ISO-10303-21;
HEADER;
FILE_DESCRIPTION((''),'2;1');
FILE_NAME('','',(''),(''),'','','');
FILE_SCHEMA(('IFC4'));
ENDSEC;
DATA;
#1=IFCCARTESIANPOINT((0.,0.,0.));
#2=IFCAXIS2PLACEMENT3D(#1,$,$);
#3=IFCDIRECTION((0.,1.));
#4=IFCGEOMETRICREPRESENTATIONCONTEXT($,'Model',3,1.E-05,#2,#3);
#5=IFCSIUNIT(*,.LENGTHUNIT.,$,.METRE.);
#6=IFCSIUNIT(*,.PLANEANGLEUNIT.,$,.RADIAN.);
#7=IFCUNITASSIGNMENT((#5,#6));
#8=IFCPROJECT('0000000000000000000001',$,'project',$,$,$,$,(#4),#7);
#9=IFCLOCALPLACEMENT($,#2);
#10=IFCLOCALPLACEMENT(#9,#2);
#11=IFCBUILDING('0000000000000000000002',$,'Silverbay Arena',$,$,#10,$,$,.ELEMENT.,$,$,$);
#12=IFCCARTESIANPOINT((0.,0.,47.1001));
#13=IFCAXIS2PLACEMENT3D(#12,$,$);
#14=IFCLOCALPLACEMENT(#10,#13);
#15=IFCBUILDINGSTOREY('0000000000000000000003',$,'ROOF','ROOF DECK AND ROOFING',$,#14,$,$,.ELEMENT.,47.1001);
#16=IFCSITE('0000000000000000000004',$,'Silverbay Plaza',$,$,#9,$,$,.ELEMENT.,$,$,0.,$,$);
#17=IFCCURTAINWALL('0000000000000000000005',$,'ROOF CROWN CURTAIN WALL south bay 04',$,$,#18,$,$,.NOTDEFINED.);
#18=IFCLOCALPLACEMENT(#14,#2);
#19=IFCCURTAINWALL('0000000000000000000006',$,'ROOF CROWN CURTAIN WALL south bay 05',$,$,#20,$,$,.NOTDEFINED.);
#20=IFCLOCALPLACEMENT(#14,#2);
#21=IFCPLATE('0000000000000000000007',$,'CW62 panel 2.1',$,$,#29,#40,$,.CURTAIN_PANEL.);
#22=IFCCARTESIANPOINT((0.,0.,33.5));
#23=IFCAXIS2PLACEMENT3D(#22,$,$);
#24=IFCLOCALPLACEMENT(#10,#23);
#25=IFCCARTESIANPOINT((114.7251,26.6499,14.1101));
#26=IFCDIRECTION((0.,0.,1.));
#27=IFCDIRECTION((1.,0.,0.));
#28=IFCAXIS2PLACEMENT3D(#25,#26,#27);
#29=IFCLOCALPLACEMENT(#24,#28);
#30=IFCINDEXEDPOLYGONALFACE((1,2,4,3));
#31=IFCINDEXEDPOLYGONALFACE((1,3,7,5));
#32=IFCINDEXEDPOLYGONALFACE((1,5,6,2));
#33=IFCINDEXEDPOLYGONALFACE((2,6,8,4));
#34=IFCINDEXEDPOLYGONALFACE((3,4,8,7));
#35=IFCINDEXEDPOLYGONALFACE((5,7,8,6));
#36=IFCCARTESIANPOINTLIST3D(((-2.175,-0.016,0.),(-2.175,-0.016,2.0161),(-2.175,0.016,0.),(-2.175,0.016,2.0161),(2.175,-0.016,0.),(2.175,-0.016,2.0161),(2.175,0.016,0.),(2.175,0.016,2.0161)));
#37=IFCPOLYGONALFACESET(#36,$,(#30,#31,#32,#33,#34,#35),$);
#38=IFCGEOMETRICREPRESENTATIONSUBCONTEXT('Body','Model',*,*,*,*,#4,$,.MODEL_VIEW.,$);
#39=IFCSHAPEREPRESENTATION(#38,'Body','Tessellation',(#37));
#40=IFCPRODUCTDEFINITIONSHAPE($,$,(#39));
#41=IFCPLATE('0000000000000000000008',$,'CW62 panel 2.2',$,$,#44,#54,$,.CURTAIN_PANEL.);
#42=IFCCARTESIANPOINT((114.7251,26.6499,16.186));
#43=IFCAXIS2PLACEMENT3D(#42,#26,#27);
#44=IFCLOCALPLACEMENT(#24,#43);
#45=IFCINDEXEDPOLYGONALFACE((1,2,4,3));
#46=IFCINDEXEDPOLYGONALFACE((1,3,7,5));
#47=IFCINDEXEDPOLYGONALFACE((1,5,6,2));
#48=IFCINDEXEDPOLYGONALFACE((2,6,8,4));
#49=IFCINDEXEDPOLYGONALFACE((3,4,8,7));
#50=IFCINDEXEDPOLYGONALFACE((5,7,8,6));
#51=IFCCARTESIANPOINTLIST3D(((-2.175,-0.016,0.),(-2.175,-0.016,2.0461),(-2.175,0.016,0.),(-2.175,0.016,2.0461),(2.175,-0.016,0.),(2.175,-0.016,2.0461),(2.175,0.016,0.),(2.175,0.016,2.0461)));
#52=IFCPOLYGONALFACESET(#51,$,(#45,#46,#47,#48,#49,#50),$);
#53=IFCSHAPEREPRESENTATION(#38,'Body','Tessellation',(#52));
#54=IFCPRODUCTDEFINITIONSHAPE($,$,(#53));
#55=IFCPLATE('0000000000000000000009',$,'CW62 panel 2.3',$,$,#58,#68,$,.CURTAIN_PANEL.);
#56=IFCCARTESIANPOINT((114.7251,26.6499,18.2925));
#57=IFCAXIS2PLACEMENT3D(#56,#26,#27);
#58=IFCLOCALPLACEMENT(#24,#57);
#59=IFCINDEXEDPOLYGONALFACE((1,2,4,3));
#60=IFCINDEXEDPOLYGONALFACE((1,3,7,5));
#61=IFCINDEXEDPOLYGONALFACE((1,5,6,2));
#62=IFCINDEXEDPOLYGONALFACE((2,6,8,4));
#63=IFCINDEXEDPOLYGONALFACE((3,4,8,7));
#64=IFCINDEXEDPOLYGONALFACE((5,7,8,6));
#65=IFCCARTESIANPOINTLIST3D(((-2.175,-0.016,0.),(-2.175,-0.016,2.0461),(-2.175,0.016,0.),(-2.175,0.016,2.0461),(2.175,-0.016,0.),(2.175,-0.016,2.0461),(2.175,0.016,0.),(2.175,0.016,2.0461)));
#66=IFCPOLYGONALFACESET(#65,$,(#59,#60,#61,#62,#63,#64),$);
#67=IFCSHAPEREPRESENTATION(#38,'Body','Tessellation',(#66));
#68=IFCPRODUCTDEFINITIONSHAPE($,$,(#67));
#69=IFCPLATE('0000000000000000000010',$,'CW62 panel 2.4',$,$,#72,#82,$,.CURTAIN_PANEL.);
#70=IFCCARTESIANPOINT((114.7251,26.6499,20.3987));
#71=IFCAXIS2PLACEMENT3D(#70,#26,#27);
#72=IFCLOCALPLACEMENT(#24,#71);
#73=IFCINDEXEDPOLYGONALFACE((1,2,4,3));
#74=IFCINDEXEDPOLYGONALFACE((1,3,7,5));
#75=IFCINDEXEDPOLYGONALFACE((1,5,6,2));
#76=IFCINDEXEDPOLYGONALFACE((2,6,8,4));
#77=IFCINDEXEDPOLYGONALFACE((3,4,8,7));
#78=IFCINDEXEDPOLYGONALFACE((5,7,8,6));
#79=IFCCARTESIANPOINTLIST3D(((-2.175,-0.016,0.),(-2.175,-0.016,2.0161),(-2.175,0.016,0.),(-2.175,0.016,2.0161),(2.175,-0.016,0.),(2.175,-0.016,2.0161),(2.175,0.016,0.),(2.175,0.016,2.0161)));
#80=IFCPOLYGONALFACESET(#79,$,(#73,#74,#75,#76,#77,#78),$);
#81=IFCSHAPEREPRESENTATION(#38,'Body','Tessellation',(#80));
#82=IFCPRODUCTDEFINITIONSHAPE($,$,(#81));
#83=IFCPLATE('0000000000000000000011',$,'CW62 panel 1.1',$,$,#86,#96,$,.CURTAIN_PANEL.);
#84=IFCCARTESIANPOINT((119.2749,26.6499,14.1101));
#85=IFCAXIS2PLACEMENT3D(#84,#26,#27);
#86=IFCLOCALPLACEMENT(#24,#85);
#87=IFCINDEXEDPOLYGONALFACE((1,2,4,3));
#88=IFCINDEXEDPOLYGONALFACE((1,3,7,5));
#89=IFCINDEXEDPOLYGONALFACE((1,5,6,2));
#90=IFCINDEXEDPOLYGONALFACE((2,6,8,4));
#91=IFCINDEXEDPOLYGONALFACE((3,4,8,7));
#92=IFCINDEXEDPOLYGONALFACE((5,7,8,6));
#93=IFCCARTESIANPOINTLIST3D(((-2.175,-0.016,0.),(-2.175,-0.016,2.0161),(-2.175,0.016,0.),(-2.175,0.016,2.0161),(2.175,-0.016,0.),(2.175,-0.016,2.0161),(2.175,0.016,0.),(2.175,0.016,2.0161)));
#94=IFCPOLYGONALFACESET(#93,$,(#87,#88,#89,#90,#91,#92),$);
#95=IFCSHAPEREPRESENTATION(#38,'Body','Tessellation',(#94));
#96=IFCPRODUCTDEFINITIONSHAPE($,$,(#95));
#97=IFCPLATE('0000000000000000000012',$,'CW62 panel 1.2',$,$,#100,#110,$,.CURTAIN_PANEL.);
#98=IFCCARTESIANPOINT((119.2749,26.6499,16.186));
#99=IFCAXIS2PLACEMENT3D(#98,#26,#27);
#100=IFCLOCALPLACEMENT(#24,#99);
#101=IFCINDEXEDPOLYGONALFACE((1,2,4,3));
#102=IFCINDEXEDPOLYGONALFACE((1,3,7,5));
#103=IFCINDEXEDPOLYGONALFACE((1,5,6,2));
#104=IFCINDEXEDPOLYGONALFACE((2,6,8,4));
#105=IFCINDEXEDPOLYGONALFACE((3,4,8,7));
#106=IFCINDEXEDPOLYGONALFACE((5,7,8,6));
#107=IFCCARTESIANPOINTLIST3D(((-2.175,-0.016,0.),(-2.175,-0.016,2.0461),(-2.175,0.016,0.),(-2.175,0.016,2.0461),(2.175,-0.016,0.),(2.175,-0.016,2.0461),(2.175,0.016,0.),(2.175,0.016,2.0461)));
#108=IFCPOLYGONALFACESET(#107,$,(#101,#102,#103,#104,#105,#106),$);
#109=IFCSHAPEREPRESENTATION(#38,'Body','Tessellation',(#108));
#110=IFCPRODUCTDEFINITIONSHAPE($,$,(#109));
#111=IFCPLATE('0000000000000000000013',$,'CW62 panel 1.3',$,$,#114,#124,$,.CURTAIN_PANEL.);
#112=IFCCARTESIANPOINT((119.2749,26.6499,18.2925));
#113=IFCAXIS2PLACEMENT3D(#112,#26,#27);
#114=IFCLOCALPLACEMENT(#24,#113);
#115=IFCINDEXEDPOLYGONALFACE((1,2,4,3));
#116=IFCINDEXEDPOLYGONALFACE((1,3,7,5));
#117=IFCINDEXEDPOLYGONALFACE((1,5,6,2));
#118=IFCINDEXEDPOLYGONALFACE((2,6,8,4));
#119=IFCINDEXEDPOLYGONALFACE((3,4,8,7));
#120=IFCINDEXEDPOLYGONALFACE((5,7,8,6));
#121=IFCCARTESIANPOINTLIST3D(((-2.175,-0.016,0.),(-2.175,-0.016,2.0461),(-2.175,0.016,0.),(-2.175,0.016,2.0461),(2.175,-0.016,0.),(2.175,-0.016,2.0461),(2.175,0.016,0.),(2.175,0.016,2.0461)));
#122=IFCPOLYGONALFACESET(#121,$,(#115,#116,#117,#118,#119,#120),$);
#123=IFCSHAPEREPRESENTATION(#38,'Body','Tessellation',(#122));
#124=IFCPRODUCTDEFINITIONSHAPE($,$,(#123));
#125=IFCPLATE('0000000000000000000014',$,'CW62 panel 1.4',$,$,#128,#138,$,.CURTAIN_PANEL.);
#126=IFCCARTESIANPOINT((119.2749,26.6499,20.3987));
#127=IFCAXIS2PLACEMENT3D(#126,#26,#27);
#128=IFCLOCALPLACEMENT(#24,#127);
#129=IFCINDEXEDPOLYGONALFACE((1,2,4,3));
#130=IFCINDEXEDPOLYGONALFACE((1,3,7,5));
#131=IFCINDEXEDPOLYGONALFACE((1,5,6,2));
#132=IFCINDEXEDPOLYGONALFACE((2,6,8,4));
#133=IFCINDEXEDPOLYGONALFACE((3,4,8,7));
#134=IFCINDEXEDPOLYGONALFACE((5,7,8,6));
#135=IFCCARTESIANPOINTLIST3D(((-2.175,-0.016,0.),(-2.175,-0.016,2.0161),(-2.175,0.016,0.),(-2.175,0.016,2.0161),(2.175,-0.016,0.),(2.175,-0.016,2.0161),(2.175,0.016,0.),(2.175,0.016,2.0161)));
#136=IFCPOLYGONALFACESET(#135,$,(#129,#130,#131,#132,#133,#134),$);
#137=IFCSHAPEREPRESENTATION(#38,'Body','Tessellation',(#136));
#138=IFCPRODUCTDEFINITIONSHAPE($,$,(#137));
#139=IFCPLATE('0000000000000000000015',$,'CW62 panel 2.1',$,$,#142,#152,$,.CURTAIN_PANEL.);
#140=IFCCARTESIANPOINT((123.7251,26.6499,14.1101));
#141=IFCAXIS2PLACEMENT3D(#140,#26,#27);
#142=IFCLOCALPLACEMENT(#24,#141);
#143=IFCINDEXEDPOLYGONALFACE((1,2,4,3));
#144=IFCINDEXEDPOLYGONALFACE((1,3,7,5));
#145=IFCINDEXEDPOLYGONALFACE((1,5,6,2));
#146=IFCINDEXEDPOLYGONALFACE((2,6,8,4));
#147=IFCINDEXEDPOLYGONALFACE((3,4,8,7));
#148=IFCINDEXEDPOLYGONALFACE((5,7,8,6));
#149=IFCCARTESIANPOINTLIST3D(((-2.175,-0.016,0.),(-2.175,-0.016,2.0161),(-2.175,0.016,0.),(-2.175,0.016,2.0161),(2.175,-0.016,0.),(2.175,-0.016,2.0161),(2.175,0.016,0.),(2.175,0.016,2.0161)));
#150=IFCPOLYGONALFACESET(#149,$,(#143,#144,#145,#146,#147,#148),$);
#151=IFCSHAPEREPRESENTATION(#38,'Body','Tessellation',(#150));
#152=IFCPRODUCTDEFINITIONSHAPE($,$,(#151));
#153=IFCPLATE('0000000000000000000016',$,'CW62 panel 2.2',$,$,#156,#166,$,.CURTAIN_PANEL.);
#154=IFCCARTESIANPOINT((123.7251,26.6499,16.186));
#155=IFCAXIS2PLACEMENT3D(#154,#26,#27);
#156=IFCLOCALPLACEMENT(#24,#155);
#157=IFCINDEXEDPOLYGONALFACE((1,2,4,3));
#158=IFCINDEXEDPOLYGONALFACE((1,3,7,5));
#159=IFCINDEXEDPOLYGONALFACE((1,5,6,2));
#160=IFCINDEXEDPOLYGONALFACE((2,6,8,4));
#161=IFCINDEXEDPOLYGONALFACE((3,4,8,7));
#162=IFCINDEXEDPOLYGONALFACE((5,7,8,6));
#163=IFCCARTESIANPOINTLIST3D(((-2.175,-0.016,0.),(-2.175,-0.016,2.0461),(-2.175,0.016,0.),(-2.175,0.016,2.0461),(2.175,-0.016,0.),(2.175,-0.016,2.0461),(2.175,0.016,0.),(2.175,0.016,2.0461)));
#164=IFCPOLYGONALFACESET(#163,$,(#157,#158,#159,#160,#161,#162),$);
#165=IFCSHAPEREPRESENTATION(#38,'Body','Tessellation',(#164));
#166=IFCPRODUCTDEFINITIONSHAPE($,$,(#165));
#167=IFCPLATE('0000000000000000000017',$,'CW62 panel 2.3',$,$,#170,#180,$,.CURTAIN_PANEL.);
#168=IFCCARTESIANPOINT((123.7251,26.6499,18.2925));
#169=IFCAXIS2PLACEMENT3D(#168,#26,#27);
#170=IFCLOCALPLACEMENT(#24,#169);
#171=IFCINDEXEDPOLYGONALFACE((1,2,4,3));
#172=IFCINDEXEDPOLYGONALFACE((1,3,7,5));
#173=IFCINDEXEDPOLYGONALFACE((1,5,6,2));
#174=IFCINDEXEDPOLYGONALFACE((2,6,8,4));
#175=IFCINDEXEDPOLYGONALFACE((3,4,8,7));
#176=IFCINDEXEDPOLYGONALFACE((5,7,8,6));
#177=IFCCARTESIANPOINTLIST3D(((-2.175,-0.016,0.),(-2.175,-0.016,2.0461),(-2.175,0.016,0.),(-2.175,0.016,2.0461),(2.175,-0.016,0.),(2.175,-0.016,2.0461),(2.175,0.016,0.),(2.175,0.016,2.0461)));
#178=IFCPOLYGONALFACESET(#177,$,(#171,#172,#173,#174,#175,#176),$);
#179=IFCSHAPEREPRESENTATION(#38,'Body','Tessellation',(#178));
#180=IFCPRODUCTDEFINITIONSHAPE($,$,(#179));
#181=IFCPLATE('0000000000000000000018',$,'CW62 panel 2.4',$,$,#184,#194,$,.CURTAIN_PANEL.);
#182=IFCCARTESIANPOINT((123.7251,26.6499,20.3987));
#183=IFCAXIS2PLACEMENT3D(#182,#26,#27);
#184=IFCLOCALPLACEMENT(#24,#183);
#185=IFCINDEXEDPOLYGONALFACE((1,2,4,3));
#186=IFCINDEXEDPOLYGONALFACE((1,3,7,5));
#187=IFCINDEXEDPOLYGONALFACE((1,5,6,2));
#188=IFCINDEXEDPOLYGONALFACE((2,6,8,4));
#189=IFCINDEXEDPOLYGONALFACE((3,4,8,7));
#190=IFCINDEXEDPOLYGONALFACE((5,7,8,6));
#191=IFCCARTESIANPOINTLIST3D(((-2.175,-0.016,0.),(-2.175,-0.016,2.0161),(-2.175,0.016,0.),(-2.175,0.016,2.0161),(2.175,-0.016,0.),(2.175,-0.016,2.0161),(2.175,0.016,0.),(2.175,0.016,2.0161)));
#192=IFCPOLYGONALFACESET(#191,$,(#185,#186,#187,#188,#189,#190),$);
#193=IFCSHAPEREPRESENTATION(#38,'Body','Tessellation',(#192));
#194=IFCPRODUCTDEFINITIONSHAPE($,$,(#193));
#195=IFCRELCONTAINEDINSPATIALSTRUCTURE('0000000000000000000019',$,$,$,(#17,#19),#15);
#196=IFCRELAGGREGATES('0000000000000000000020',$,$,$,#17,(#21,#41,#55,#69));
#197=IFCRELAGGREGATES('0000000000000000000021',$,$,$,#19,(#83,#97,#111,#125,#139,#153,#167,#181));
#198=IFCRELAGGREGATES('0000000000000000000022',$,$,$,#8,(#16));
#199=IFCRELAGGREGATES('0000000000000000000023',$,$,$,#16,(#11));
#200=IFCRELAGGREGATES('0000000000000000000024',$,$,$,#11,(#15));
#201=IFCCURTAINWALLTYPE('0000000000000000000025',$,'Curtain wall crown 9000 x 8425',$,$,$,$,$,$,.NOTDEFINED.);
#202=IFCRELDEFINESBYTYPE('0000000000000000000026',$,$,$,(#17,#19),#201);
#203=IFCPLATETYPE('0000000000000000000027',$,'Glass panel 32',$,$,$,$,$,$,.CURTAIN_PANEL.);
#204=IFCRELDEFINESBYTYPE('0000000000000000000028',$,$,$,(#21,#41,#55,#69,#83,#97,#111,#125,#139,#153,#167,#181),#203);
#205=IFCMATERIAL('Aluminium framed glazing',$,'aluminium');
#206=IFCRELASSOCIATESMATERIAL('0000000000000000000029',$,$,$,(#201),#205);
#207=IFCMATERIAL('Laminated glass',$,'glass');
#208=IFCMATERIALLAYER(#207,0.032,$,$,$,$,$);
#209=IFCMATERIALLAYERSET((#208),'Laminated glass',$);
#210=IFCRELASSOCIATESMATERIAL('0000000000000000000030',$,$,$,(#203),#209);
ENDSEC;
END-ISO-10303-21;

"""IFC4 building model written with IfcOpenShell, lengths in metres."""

from ifc_helpers import new_model, si_unit, direction, frame, origin, origin_2d, place, context, subcontext, project, spatial, rectangle, extrude, material, layer, layer_set, type_object, element, aggregate, save


model = new_model("IFC4")

# Units and contexts
model_context = context("Model", 3, precision=1e-05, world=origin(), true_north=direction((0.0, 1.0)))
body_context = subcontext(model_context, "Body", "Model", "MODEL_VIEW")
ifc_project = project(units=[si_unit("LENGTHUNIT", "METRE"), si_unit("PLANEANGLEUNIT", "RADIAN")], contexts=[model_context])

# Site, building, storey
site_placement = place(None, origin())
site = spatial("IfcSite", under=ifc_project, at=site_placement, Name="Silverbay Plaza", CompositionType="ELEMENT", RefElevation=0.0)
building_placement = place(site_placement, origin())
building = spatial("IfcBuilding", under=site, at=building_placement, Name="Silverbay Arena", CompositionType="ELEMENT")
storey_placement = place(building_placement, frame((0.0, 0.0, 47.1001)))
storey = spatial("IfcBuildingStorey", under=building, at=storey_placement, Name="ROOF", Description="ROOF DECK AND ROOFING", CompositionType="ELEMENT", Elevation=47.1001)

# Curtain wall
ifc_material_1 = material(Name="Aluminium framed glazing", Category="aluminium")
curtain_wall_type = type_object("IfcCurtainWallType", Name="Curtain wall crown 9000 x 8425", PredefinedType="NOTDEFINED", material=ifc_material_1)
curtain_wall_1_placement = place(storey_placement, origin())
curtain_wall_1 = element("IfcCurtainWall", 1, at=curtain_wall_1_placement, inside=storey, type_object=curtain_wall_type, Name="ROOF CROWN CURTAIN WALL south bay 04", PredefinedType="NOTDEFINED")
placement = place(building_placement, frame((0.0, 0.0, 33.5)))

# Curtain wall
curtain_wall_2_placement = place(storey_placement, origin())
curtain_wall_2 = element("IfcCurtainWall", 2, at=curtain_wall_2_placement, inside=storey, type_object=curtain_wall_type, Name="ROOF CROWN CURTAIN WALL south bay 05", PredefinedType="NOTDEFINED")

# Plates
ifc_material_2 = material(Name="Laminated glass", Category="glass")
ifc_layer_1 = layer(ifc_material_2, 0.032)
ifc_layer_set_1 = layer_set([ifc_layer_1], Name="Laminated glass")
plate_type = type_object("IfcPlateType", Name="Glass panel 32", PredefinedType="CURTAIN_PANEL", material=ifc_layer_set_1)
plate_1_placement = place(placement, frame((114.7251, 26.6499, 14.1101), z_axis=(0.0, 0.0, 1.0), x_axis=(1.0, 0.0, 0.0)))
plate_1 = element("IfcPlate", 3, at=plate_1_placement, type_object=plate_type, Name="CW62 panel 2.1", PredefinedType="CURTAIN_PANEL", context=body_context, shape_type="SweptSolid", body=[
    extrude(rectangle(XDim=4.3501, YDim=0.032, at=origin_2d()), origin(), (0.0, 0.0, 1.0), 2.0161),
])
plate_2_placement = place(placement, frame((114.7251, 26.6499, 16.186), z_axis=(0.0, 0.0, 1.0), x_axis=(1.0, 0.0, 0.0)))
plate_2 = element("IfcPlate", 4, at=plate_2_placement, type_object=plate_type, Name="CW62 panel 2.2", PredefinedType="CURTAIN_PANEL", context=body_context, shape_type="SweptSolid", body=[
    extrude(rectangle(XDim=4.3501, YDim=0.032, at=origin_2d()), origin(), (0.0, 0.0, 1.0), 2.0461),
])
plate_3_placement = place(placement, frame((114.7251, 26.6499, 18.2925), z_axis=(0.0, 0.0, 1.0), x_axis=(1.0, 0.0, 0.0)))
plate_3 = element("IfcPlate", 5, at=plate_3_placement, type_object=plate_type, Name="CW62 panel 2.3", PredefinedType="CURTAIN_PANEL", context=body_context, shape_type="SweptSolid", body=[
    extrude(rectangle(XDim=4.3501, YDim=0.032, at=origin_2d()), origin(), (0.0, 0.0, 1.0), 2.0461),
])
plate_4_placement = place(placement, frame((114.7251, 26.6499, 20.3987), z_axis=(0.0, 0.0, 1.0), x_axis=(1.0, 0.0, 0.0)))
plate_4 = element("IfcPlate", 6, at=plate_4_placement, type_object=plate_type, Name="CW62 panel 2.4", PredefinedType="CURTAIN_PANEL", context=body_context, shape_type="SweptSolid", body=[
    extrude(rectangle(XDim=4.3501, YDim=0.032, at=origin_2d()), origin(), (0.0, 0.0, 1.0), 2.0161),
])
aggregate(curtain_wall_1, [plate_1, plate_2, plate_3, plate_4])
plate_5_placement = place(placement, frame((119.2749, 26.6499, 14.1101), z_axis=(0.0, 0.0, 1.0), x_axis=(1.0, 0.0, 0.0)))
plate_5 = element("IfcPlate", 7, at=plate_5_placement, type_object=plate_type, Name="CW62 panel 1.1", PredefinedType="CURTAIN_PANEL", context=body_context, shape_type="SweptSolid", body=[
    extrude(rectangle(XDim=4.3501, YDim=0.032, at=origin_2d()), origin(), (0.0, 0.0, 1.0), 2.0161),
])
plate_6_placement = place(placement, frame((119.2749, 26.6499, 16.186), z_axis=(0.0, 0.0, 1.0), x_axis=(1.0, 0.0, 0.0)))
plate_6 = element("IfcPlate", 8, at=plate_6_placement, type_object=plate_type, Name="CW62 panel 1.2", PredefinedType="CURTAIN_PANEL", context=body_context, shape_type="SweptSolid", body=[
    extrude(rectangle(XDim=4.3501, YDim=0.032, at=origin_2d()), origin(), (0.0, 0.0, 1.0), 2.0461),
])
plate_7_placement = place(placement, frame((119.2749, 26.6499, 18.2925), z_axis=(0.0, 0.0, 1.0), x_axis=(1.0, 0.0, 0.0)))
plate_7 = element("IfcPlate", 9, at=plate_7_placement, type_object=plate_type, Name="CW62 panel 1.3", PredefinedType="CURTAIN_PANEL", context=body_context, shape_type="SweptSolid", body=[
    extrude(rectangle(XDim=4.3501, YDim=0.032, at=origin_2d()), origin(), (0.0, 0.0, 1.0), 2.0461),
])
plate_8_placement = place(placement, frame((119.2749, 26.6499, 20.3987), z_axis=(0.0, 0.0, 1.0), x_axis=(1.0, 0.0, 0.0)))
plate_8 = element("IfcPlate", 10, at=plate_8_placement, type_object=plate_type, Name="CW62 panel 1.4", PredefinedType="CURTAIN_PANEL", context=body_context, shape_type="SweptSolid", body=[
    extrude(rectangle(XDim=4.3501, YDim=0.032, at=origin_2d()), origin(), (0.0, 0.0, 1.0), 2.0161),
])
plate_9_placement = place(placement, frame((123.7251, 26.6499, 14.1101), z_axis=(0.0, 0.0, 1.0), x_axis=(1.0, 0.0, 0.0)))
plate_9 = element("IfcPlate", 11, at=plate_9_placement, type_object=plate_type, Name="CW62 panel 2.1", PredefinedType="CURTAIN_PANEL", context=body_context, shape_type="SweptSolid", body=[
    extrude(rectangle(XDim=4.3501, YDim=0.032, at=origin_2d()), origin(), (0.0, 0.0, 1.0), 2.0161),
])
plate_10_placement = place(placement, frame((123.7251, 26.6499, 16.186), z_axis=(0.0, 0.0, 1.0), x_axis=(1.0, 0.0, 0.0)))
plate_10 = element("IfcPlate", 12, at=plate_10_placement, type_object=plate_type, Name="CW62 panel 2.2", PredefinedType="CURTAIN_PANEL", context=body_context, shape_type="SweptSolid", body=[
    extrude(rectangle(XDim=4.3501, YDim=0.032, at=origin_2d()), origin(), (0.0, 0.0, 1.0), 2.0461),
])
plate_11_placement = place(placement, frame((123.7251, 26.6499, 18.2925), z_axis=(0.0, 0.0, 1.0), x_axis=(1.0, 0.0, 0.0)))
plate_11 = element("IfcPlate", 13, at=plate_11_placement, type_object=plate_type, Name="CW62 panel 2.3", PredefinedType="CURTAIN_PANEL", context=body_context, shape_type="SweptSolid", body=[
    extrude(rectangle(XDim=4.3501, YDim=0.032, at=origin_2d()), origin(), (0.0, 0.0, 1.0), 2.0461),
])
plate_12_placement = place(placement, frame((123.7251, 26.6499, 20.3987), z_axis=(0.0, 0.0, 1.0), x_axis=(1.0, 0.0, 0.0)))
plate_12 = element("IfcPlate", 14, at=plate_12_placement, type_object=plate_type, Name="CW62 panel 2.4", PredefinedType="CURTAIN_PANEL", context=body_context, shape_type="SweptSolid", body=[
    extrude(rectangle(XDim=4.3501, YDim=0.032, at=origin_2d()), origin(), (0.0, 0.0, 1.0), 2.0161),
])
aggregate(curtain_wall_2, [plate_5, plate_6, plate_7, plate_8, plate_9, plate_10, plate_11, plate_12])

save(model, "model.ifc")
